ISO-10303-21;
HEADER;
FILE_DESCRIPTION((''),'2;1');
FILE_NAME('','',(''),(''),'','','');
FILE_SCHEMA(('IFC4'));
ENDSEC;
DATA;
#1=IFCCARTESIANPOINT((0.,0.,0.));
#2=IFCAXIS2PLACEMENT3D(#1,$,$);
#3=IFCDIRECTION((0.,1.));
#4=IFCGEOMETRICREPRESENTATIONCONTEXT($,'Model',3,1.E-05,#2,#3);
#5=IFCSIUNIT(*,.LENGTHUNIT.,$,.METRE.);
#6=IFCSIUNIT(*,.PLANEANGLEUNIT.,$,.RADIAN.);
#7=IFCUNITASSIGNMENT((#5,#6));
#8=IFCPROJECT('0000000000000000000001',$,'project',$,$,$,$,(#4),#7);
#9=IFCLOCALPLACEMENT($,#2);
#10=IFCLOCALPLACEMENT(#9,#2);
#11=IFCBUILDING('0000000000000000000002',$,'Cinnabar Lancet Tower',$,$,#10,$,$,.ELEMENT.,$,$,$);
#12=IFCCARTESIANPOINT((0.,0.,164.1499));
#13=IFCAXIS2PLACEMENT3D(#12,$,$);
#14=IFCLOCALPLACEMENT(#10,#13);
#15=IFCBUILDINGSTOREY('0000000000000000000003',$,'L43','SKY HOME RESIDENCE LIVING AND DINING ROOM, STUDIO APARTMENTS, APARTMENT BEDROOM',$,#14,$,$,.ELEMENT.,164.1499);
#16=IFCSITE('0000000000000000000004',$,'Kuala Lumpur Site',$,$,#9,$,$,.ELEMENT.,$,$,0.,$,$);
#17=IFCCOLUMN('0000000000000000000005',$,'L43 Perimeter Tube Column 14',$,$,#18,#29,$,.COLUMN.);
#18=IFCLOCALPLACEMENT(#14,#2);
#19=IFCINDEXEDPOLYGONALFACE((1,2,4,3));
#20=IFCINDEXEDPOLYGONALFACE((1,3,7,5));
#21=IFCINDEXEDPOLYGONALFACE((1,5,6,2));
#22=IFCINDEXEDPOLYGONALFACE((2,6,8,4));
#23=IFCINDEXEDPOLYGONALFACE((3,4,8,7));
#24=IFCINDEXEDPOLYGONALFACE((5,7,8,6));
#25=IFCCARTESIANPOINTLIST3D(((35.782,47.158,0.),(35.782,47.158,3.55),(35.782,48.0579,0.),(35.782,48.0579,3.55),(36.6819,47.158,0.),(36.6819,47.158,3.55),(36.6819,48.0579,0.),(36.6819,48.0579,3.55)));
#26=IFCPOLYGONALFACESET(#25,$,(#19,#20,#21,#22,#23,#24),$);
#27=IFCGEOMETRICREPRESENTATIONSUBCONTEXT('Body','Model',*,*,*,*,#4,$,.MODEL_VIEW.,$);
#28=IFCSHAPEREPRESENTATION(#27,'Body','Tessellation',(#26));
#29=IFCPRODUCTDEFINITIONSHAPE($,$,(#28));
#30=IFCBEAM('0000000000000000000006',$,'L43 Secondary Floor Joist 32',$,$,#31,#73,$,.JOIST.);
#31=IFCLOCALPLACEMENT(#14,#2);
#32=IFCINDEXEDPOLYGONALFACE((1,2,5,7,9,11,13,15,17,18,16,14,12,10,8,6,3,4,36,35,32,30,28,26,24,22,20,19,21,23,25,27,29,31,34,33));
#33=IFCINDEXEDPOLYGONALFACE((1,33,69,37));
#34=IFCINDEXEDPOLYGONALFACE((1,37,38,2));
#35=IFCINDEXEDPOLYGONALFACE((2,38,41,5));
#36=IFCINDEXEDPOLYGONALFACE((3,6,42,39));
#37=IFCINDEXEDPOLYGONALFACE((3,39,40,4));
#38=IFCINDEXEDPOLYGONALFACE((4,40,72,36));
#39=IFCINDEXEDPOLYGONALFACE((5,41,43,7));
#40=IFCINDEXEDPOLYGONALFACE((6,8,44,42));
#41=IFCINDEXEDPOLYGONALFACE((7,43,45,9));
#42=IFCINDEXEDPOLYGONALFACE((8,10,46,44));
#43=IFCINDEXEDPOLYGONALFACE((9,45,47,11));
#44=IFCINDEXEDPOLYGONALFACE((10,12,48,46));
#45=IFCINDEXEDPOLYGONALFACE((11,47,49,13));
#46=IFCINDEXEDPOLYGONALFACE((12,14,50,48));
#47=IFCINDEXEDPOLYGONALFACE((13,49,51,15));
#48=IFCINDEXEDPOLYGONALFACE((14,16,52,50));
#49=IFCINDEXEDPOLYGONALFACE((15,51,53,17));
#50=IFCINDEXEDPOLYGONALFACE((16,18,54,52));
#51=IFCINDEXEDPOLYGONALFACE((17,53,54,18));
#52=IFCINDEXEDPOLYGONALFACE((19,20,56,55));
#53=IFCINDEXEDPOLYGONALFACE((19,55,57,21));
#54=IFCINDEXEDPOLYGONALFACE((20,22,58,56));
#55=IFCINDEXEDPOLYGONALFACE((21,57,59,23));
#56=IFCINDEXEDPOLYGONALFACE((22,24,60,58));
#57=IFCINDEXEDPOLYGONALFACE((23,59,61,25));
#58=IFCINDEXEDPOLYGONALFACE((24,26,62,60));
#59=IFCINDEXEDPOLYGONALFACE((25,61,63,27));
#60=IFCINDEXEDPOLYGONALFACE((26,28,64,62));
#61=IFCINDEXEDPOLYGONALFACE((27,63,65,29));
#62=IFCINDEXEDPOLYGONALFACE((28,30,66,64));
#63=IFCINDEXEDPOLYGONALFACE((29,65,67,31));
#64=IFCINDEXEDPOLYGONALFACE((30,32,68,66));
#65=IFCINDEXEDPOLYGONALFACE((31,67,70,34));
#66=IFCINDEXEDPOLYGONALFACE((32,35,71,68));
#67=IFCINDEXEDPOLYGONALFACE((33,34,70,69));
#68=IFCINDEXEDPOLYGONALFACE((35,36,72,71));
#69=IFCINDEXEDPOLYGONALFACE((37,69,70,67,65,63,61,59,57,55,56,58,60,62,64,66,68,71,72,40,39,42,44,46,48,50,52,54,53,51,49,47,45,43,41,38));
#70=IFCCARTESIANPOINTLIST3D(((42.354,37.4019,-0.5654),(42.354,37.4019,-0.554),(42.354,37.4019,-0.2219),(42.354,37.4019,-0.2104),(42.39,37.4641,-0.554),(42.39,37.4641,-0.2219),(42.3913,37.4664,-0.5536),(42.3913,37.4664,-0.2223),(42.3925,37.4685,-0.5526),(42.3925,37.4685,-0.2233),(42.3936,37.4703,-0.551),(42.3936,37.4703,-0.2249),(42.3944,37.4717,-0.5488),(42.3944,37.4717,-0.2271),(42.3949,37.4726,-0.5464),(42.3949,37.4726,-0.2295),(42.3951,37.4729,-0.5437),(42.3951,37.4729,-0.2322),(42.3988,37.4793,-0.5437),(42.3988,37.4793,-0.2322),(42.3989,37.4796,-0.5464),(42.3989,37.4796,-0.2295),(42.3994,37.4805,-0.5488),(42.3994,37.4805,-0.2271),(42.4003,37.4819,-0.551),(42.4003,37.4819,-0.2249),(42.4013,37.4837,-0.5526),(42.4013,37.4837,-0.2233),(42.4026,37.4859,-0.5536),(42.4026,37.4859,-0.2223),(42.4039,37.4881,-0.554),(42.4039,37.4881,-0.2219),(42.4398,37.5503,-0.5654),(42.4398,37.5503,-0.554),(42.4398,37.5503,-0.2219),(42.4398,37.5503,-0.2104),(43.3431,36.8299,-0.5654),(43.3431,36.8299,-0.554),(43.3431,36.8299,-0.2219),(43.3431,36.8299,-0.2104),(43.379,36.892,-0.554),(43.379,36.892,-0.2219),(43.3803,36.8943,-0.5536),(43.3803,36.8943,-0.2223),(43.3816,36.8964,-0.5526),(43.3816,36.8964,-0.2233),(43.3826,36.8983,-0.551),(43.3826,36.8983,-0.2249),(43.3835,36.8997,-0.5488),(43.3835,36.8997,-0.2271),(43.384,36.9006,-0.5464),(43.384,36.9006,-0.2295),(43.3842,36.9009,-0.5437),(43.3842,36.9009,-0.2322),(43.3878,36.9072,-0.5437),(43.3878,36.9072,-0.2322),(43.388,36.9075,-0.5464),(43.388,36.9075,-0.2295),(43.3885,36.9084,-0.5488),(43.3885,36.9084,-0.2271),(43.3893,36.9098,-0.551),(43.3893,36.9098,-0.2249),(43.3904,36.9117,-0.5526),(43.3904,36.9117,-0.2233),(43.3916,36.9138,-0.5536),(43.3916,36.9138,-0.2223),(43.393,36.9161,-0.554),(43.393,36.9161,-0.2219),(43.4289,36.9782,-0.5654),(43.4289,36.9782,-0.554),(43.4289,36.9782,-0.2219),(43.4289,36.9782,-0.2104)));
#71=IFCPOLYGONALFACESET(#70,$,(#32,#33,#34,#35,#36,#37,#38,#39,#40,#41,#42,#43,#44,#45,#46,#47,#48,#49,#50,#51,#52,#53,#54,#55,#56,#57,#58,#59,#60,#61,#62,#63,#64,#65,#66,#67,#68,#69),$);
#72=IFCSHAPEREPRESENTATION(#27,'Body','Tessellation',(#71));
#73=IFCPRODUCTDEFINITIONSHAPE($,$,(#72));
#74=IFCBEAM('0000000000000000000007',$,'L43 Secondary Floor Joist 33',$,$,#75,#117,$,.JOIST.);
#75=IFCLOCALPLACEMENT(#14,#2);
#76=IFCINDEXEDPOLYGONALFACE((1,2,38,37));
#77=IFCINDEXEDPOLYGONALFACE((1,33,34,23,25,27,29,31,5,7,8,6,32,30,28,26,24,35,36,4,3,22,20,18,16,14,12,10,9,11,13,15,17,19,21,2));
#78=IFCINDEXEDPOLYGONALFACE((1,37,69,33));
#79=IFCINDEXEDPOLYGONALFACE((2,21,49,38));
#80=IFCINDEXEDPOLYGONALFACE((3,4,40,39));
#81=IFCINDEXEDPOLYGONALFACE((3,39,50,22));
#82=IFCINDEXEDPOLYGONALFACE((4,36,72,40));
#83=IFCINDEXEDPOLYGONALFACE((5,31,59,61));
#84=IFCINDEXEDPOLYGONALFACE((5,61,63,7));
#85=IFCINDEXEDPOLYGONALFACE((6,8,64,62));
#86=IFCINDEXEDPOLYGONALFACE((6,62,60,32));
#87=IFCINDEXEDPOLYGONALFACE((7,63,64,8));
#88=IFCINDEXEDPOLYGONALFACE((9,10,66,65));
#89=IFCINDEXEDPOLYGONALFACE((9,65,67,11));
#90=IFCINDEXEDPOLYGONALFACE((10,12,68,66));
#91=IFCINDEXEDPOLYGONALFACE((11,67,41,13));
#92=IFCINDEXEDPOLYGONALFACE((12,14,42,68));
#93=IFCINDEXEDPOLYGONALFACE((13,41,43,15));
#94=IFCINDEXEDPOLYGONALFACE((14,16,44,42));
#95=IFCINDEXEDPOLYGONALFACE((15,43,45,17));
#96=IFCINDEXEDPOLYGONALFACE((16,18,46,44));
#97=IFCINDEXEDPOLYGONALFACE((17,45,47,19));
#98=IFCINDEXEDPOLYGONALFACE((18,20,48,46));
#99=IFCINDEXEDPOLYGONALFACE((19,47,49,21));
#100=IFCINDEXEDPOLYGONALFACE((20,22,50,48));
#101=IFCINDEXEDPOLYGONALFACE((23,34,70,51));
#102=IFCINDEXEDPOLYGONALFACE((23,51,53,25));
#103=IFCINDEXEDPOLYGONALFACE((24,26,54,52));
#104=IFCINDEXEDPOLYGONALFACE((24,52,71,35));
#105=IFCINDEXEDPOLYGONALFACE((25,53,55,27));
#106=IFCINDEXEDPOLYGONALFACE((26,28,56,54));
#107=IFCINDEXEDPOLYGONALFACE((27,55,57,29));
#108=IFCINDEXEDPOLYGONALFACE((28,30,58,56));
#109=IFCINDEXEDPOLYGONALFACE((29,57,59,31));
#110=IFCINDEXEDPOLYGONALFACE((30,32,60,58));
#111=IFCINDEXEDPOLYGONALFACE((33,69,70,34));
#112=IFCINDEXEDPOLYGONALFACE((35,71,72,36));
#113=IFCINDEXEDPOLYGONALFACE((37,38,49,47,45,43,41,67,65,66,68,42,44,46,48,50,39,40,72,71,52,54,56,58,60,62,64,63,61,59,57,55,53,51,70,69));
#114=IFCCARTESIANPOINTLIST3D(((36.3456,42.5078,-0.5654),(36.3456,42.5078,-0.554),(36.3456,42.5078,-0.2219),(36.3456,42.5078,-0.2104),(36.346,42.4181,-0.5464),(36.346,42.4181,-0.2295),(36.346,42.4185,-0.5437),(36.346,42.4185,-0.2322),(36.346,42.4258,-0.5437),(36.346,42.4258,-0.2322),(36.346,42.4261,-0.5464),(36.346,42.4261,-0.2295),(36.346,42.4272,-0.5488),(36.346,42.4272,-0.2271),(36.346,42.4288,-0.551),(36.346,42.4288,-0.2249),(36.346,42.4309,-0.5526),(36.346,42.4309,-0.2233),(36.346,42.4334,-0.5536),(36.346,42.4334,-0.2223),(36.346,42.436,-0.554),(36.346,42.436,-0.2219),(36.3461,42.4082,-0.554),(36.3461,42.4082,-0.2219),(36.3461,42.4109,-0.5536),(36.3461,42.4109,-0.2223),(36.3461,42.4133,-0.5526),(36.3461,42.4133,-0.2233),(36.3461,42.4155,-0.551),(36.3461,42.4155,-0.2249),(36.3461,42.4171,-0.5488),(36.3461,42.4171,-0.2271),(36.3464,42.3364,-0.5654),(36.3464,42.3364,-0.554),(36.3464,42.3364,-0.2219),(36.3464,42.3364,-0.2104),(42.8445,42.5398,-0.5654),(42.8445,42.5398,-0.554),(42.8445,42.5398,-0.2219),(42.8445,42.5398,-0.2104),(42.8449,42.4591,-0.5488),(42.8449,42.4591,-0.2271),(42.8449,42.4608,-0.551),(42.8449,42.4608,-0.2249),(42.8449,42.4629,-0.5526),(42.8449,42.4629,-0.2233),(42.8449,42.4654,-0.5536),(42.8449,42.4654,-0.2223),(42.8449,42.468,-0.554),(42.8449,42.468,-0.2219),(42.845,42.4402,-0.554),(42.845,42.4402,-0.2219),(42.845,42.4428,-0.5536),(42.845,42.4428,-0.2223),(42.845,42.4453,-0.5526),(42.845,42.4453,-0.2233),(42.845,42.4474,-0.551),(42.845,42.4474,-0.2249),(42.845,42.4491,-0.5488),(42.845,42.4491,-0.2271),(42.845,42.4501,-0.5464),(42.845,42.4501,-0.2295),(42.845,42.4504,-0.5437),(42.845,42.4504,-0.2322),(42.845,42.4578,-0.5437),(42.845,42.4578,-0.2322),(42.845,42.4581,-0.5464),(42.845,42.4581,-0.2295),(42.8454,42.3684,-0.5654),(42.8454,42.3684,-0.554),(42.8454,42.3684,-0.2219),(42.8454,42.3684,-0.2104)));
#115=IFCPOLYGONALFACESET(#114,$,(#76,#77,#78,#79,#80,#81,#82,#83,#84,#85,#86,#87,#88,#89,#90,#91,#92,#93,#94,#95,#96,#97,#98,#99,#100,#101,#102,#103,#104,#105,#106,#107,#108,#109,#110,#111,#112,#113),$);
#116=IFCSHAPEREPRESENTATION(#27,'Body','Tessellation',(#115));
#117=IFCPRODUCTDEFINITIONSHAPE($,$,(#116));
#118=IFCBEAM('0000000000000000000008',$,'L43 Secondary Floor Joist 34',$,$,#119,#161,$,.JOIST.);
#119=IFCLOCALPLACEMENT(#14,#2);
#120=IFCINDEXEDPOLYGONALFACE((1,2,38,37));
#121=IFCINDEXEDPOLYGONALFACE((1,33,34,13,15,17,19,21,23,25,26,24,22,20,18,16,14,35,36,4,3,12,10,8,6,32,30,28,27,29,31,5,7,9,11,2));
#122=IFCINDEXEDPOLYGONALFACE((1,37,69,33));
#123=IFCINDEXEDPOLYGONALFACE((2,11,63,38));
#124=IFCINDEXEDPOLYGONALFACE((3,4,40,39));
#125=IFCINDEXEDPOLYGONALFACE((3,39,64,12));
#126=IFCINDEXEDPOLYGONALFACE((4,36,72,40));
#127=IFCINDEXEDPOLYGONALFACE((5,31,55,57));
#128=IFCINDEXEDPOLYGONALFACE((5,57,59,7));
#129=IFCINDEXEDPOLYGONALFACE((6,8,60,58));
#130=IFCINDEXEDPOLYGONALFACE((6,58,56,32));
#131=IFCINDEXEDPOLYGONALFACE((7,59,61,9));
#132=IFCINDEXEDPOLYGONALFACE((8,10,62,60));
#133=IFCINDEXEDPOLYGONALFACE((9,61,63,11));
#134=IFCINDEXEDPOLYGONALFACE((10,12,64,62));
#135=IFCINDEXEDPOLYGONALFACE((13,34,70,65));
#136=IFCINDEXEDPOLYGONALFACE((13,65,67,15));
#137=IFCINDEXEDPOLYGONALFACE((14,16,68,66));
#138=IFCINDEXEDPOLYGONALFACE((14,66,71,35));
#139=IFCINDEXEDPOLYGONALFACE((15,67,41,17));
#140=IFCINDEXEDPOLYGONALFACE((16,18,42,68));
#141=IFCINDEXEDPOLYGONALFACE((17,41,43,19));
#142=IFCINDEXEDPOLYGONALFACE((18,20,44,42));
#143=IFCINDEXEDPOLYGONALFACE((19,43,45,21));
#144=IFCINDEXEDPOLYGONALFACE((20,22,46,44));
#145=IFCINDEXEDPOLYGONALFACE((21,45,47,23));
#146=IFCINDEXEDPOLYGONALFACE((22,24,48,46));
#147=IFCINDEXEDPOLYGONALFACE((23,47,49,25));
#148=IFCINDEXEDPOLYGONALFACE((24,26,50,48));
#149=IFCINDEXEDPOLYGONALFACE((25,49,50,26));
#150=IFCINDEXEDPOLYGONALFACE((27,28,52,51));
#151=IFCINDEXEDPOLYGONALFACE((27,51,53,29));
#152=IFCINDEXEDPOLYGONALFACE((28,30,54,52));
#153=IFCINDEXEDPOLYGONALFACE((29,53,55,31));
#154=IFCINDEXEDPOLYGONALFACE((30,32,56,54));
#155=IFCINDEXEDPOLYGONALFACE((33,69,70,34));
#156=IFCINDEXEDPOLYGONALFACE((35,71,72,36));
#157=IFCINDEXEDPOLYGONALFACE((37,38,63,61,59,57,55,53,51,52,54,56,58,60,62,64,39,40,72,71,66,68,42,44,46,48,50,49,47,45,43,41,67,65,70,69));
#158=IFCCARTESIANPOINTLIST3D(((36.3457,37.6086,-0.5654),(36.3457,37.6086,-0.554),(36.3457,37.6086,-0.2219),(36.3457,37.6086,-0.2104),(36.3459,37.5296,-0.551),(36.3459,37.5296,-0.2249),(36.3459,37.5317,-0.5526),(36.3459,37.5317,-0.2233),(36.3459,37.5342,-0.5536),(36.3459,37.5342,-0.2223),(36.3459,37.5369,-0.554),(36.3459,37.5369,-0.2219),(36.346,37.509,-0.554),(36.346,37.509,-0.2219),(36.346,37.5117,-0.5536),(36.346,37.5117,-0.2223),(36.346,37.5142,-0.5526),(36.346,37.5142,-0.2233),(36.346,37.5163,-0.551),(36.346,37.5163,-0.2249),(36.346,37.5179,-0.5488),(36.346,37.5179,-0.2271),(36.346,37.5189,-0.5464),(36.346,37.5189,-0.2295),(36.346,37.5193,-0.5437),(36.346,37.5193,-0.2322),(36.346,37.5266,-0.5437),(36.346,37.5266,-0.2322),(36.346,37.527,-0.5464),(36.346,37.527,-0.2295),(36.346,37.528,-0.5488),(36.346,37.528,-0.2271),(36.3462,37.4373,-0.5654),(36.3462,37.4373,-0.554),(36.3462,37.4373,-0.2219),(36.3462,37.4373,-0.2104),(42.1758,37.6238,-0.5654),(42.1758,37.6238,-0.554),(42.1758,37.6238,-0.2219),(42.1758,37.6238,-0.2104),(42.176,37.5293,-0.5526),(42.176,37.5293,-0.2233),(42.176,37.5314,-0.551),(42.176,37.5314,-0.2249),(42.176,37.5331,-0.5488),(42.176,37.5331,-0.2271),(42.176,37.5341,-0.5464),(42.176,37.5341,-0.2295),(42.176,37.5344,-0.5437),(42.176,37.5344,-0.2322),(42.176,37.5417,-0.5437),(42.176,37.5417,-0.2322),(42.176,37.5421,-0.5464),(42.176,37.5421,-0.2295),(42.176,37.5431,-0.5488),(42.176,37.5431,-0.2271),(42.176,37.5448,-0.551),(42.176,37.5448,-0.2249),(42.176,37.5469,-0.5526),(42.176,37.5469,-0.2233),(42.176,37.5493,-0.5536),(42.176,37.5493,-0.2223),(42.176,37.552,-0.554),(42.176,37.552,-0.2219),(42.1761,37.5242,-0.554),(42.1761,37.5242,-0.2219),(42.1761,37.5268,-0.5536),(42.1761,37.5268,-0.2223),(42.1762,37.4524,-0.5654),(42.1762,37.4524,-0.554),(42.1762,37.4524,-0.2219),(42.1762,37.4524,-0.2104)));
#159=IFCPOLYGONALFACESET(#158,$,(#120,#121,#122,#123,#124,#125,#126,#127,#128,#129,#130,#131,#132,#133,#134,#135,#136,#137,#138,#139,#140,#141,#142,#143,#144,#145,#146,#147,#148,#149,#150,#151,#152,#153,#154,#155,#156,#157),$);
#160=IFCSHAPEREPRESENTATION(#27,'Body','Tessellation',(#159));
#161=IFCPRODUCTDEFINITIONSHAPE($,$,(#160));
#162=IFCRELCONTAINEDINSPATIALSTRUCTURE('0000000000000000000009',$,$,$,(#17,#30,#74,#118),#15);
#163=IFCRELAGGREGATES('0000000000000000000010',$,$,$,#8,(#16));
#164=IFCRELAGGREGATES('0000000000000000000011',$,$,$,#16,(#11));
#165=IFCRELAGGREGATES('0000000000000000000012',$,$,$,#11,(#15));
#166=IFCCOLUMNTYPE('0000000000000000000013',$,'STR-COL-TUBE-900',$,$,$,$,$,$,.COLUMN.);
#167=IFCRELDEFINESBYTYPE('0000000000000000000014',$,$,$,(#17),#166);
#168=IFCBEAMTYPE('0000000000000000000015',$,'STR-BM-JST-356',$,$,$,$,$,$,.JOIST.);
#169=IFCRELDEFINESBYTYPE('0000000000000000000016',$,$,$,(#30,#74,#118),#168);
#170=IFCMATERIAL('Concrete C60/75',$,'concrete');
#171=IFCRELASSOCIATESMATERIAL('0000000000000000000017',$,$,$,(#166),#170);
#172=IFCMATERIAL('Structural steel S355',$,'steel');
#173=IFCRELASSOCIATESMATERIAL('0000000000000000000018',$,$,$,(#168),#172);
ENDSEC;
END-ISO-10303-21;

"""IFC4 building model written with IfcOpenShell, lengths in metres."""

from ifc_helpers import new_model, si_unit, direction, frame, origin, origin_2d, place, context, subcontext, project, spatial, rectangle, i_section, extrude, material, material_profile, profile_set, type_object, element, save


model = new_model("IFC4")

# Units and contexts
model_context = context("Model", 3, precision=1e-05, world=origin(), true_north=direction((0.0, 1.0)))
body_context = subcontext(model_context, "Body", "Model", "MODEL_VIEW")
ifc_project = project(units=[si_unit("LENGTHUNIT", "METRE"), si_unit("PLANEANGLEUNIT", "RADIAN")], contexts=[model_context])

# Site, building, storey
site_placement = place(None, origin())
site = spatial("IfcSite", under=ifc_project, at=site_placement, Name="Kuala Lumpur Site", CompositionType="ELEMENT", RefElevation=0.0)
building_placement = place(site_placement, origin())
building = spatial("IfcBuilding", under=site, at=building_placement, Name="Cinnabar Lancet Tower", CompositionType="ELEMENT")
storey_placement = place(building_placement, frame((0.0, 0.0, 164.1499)))
storey = spatial("IfcBuildingStorey", under=building, at=storey_placement, Name="L43", Description="SKY HOME RESIDENCE LIVING AND DINING ROOM, STUDIO APARTMENTS, APARTMENT BEDROOM", CompositionType="ELEMENT", Elevation=164.1499)

# Column
ifc_material_1 = material(Name="Concrete C60/75", Category="concrete")
ifc_material_profile_1 = material_profile(ifc_material_1, rectangle(XDim=0.8999, YDim=0.8999, at=origin_2d()), Name="RC-COL 900x900")
ifc_profile_set_1 = profile_set([ifc_material_profile_1], Name="Concrete C60/75")
column_type = type_object("IfcColumnType", Name="STR-COL-TUBE-900", PredefinedType="COLUMN", material=ifc_profile_set_1)
column_placement = place(storey_placement, frame((36.2319, 47.6079, 0.0), z_axis=(0.0, 0.0, 1.0), x_axis=(1.0, 0.0, 0.0)))
element("IfcColumn", 1, at=column_placement, inside=storey, type_object=column_type, Name="L43 Perimeter Tube Column 14", PredefinedType="COLUMN", context=body_context, shape_type="SweptSolid", body=[
    extrude(rectangle(XDim=0.8999, YDim=0.8999, at=origin_2d()), origin(), (0.0, 0.0, 1.0), 3.55),
])

# Beams
ifc_material_2 = material(Name="Structural steel S355", Category="steel")
ifc_material_profile_2 = material_profile(ifc_material_2, i_section(OverallWidth=0.1714, OverallDepth=0.355, WebThickness=0.0073, FlangeThickness=0.0115, FilletRadius=0.0103, at=origin_2d()), Name="UKB 356x171x51")
ifc_profile_set_2 = profile_set([ifc_material_profile_2], Name="Structural steel S355")
beam_type_1 = type_object("IfcBeamType", Name="STR-BM-JST-356", PredefinedType="JOIST", material=ifc_profile_set_2)
beam_1_placement = place(storey_placement, frame((43.386, 36.9041, -0.3879), z_axis=(-0.865641, 0.500666, 0.0), x_axis=(-0.500666, -0.865641, 0.0)))
element("IfcBeam", 2, at=beam_1_placement, inside=storey, type_object=beam_type_1, Name="L43 Secondary Floor Joist 32", PredefinedType="JOIST", context=body_context, shape_type="SweptSolid", body=[
    extrude(i_section(OverallWidth=0.1714, OverallDepth=0.355, WebThickness=0.0073, FlangeThickness=0.0115, FilletRadius=0.0103, at=origin_2d()), origin(), (0.0, 0.0, 1.0), 1.1426),
])
beam_2_placement = place(storey_placement, frame((42.845, 42.4541, -0.3879), z_axis=(-0.999988, -0.004921, 0.0), x_axis=(0.004921, -0.999988, 0.0)))
element("IfcBeam", 3, at=beam_2_placement, inside=storey, type_object=beam_type_1, Name="L43 Secondary Floor Joist 33", PredefinedType="JOIST", context=body_context, shape_type="SweptSolid", body=[
    extrude(i_section(OverallWidth=0.1714, OverallDepth=0.355, WebThickness=0.0073, FlangeThickness=0.0115, FilletRadius=0.0103, at=origin_2d()), origin(), (0.0, 0.0, 1.0), 6.499),
])
beam_3_placement = place(storey_placement, frame((42.176, 37.5381, -0.3879), z_axis=(-0.999997, -0.002596, 0.0), x_axis=(0.002596, -0.999997, 0.0)))
element("IfcBeam", 4, at=beam_3_placement, inside=storey, type_object=beam_type_1, Name="L43 Secondary Floor Joist 34", PredefinedType="JOIST", context=body_context, shape_type="SweptSolid", body=[
    extrude(i_section(OverallWidth=0.1714, OverallDepth=0.355, WebThickness=0.0073, FlangeThickness=0.0115, FilletRadius=0.0103, at=origin_2d()), origin(), (0.0, 0.0, 1.0), 5.8301),
])

save(model, "model.ifc")
